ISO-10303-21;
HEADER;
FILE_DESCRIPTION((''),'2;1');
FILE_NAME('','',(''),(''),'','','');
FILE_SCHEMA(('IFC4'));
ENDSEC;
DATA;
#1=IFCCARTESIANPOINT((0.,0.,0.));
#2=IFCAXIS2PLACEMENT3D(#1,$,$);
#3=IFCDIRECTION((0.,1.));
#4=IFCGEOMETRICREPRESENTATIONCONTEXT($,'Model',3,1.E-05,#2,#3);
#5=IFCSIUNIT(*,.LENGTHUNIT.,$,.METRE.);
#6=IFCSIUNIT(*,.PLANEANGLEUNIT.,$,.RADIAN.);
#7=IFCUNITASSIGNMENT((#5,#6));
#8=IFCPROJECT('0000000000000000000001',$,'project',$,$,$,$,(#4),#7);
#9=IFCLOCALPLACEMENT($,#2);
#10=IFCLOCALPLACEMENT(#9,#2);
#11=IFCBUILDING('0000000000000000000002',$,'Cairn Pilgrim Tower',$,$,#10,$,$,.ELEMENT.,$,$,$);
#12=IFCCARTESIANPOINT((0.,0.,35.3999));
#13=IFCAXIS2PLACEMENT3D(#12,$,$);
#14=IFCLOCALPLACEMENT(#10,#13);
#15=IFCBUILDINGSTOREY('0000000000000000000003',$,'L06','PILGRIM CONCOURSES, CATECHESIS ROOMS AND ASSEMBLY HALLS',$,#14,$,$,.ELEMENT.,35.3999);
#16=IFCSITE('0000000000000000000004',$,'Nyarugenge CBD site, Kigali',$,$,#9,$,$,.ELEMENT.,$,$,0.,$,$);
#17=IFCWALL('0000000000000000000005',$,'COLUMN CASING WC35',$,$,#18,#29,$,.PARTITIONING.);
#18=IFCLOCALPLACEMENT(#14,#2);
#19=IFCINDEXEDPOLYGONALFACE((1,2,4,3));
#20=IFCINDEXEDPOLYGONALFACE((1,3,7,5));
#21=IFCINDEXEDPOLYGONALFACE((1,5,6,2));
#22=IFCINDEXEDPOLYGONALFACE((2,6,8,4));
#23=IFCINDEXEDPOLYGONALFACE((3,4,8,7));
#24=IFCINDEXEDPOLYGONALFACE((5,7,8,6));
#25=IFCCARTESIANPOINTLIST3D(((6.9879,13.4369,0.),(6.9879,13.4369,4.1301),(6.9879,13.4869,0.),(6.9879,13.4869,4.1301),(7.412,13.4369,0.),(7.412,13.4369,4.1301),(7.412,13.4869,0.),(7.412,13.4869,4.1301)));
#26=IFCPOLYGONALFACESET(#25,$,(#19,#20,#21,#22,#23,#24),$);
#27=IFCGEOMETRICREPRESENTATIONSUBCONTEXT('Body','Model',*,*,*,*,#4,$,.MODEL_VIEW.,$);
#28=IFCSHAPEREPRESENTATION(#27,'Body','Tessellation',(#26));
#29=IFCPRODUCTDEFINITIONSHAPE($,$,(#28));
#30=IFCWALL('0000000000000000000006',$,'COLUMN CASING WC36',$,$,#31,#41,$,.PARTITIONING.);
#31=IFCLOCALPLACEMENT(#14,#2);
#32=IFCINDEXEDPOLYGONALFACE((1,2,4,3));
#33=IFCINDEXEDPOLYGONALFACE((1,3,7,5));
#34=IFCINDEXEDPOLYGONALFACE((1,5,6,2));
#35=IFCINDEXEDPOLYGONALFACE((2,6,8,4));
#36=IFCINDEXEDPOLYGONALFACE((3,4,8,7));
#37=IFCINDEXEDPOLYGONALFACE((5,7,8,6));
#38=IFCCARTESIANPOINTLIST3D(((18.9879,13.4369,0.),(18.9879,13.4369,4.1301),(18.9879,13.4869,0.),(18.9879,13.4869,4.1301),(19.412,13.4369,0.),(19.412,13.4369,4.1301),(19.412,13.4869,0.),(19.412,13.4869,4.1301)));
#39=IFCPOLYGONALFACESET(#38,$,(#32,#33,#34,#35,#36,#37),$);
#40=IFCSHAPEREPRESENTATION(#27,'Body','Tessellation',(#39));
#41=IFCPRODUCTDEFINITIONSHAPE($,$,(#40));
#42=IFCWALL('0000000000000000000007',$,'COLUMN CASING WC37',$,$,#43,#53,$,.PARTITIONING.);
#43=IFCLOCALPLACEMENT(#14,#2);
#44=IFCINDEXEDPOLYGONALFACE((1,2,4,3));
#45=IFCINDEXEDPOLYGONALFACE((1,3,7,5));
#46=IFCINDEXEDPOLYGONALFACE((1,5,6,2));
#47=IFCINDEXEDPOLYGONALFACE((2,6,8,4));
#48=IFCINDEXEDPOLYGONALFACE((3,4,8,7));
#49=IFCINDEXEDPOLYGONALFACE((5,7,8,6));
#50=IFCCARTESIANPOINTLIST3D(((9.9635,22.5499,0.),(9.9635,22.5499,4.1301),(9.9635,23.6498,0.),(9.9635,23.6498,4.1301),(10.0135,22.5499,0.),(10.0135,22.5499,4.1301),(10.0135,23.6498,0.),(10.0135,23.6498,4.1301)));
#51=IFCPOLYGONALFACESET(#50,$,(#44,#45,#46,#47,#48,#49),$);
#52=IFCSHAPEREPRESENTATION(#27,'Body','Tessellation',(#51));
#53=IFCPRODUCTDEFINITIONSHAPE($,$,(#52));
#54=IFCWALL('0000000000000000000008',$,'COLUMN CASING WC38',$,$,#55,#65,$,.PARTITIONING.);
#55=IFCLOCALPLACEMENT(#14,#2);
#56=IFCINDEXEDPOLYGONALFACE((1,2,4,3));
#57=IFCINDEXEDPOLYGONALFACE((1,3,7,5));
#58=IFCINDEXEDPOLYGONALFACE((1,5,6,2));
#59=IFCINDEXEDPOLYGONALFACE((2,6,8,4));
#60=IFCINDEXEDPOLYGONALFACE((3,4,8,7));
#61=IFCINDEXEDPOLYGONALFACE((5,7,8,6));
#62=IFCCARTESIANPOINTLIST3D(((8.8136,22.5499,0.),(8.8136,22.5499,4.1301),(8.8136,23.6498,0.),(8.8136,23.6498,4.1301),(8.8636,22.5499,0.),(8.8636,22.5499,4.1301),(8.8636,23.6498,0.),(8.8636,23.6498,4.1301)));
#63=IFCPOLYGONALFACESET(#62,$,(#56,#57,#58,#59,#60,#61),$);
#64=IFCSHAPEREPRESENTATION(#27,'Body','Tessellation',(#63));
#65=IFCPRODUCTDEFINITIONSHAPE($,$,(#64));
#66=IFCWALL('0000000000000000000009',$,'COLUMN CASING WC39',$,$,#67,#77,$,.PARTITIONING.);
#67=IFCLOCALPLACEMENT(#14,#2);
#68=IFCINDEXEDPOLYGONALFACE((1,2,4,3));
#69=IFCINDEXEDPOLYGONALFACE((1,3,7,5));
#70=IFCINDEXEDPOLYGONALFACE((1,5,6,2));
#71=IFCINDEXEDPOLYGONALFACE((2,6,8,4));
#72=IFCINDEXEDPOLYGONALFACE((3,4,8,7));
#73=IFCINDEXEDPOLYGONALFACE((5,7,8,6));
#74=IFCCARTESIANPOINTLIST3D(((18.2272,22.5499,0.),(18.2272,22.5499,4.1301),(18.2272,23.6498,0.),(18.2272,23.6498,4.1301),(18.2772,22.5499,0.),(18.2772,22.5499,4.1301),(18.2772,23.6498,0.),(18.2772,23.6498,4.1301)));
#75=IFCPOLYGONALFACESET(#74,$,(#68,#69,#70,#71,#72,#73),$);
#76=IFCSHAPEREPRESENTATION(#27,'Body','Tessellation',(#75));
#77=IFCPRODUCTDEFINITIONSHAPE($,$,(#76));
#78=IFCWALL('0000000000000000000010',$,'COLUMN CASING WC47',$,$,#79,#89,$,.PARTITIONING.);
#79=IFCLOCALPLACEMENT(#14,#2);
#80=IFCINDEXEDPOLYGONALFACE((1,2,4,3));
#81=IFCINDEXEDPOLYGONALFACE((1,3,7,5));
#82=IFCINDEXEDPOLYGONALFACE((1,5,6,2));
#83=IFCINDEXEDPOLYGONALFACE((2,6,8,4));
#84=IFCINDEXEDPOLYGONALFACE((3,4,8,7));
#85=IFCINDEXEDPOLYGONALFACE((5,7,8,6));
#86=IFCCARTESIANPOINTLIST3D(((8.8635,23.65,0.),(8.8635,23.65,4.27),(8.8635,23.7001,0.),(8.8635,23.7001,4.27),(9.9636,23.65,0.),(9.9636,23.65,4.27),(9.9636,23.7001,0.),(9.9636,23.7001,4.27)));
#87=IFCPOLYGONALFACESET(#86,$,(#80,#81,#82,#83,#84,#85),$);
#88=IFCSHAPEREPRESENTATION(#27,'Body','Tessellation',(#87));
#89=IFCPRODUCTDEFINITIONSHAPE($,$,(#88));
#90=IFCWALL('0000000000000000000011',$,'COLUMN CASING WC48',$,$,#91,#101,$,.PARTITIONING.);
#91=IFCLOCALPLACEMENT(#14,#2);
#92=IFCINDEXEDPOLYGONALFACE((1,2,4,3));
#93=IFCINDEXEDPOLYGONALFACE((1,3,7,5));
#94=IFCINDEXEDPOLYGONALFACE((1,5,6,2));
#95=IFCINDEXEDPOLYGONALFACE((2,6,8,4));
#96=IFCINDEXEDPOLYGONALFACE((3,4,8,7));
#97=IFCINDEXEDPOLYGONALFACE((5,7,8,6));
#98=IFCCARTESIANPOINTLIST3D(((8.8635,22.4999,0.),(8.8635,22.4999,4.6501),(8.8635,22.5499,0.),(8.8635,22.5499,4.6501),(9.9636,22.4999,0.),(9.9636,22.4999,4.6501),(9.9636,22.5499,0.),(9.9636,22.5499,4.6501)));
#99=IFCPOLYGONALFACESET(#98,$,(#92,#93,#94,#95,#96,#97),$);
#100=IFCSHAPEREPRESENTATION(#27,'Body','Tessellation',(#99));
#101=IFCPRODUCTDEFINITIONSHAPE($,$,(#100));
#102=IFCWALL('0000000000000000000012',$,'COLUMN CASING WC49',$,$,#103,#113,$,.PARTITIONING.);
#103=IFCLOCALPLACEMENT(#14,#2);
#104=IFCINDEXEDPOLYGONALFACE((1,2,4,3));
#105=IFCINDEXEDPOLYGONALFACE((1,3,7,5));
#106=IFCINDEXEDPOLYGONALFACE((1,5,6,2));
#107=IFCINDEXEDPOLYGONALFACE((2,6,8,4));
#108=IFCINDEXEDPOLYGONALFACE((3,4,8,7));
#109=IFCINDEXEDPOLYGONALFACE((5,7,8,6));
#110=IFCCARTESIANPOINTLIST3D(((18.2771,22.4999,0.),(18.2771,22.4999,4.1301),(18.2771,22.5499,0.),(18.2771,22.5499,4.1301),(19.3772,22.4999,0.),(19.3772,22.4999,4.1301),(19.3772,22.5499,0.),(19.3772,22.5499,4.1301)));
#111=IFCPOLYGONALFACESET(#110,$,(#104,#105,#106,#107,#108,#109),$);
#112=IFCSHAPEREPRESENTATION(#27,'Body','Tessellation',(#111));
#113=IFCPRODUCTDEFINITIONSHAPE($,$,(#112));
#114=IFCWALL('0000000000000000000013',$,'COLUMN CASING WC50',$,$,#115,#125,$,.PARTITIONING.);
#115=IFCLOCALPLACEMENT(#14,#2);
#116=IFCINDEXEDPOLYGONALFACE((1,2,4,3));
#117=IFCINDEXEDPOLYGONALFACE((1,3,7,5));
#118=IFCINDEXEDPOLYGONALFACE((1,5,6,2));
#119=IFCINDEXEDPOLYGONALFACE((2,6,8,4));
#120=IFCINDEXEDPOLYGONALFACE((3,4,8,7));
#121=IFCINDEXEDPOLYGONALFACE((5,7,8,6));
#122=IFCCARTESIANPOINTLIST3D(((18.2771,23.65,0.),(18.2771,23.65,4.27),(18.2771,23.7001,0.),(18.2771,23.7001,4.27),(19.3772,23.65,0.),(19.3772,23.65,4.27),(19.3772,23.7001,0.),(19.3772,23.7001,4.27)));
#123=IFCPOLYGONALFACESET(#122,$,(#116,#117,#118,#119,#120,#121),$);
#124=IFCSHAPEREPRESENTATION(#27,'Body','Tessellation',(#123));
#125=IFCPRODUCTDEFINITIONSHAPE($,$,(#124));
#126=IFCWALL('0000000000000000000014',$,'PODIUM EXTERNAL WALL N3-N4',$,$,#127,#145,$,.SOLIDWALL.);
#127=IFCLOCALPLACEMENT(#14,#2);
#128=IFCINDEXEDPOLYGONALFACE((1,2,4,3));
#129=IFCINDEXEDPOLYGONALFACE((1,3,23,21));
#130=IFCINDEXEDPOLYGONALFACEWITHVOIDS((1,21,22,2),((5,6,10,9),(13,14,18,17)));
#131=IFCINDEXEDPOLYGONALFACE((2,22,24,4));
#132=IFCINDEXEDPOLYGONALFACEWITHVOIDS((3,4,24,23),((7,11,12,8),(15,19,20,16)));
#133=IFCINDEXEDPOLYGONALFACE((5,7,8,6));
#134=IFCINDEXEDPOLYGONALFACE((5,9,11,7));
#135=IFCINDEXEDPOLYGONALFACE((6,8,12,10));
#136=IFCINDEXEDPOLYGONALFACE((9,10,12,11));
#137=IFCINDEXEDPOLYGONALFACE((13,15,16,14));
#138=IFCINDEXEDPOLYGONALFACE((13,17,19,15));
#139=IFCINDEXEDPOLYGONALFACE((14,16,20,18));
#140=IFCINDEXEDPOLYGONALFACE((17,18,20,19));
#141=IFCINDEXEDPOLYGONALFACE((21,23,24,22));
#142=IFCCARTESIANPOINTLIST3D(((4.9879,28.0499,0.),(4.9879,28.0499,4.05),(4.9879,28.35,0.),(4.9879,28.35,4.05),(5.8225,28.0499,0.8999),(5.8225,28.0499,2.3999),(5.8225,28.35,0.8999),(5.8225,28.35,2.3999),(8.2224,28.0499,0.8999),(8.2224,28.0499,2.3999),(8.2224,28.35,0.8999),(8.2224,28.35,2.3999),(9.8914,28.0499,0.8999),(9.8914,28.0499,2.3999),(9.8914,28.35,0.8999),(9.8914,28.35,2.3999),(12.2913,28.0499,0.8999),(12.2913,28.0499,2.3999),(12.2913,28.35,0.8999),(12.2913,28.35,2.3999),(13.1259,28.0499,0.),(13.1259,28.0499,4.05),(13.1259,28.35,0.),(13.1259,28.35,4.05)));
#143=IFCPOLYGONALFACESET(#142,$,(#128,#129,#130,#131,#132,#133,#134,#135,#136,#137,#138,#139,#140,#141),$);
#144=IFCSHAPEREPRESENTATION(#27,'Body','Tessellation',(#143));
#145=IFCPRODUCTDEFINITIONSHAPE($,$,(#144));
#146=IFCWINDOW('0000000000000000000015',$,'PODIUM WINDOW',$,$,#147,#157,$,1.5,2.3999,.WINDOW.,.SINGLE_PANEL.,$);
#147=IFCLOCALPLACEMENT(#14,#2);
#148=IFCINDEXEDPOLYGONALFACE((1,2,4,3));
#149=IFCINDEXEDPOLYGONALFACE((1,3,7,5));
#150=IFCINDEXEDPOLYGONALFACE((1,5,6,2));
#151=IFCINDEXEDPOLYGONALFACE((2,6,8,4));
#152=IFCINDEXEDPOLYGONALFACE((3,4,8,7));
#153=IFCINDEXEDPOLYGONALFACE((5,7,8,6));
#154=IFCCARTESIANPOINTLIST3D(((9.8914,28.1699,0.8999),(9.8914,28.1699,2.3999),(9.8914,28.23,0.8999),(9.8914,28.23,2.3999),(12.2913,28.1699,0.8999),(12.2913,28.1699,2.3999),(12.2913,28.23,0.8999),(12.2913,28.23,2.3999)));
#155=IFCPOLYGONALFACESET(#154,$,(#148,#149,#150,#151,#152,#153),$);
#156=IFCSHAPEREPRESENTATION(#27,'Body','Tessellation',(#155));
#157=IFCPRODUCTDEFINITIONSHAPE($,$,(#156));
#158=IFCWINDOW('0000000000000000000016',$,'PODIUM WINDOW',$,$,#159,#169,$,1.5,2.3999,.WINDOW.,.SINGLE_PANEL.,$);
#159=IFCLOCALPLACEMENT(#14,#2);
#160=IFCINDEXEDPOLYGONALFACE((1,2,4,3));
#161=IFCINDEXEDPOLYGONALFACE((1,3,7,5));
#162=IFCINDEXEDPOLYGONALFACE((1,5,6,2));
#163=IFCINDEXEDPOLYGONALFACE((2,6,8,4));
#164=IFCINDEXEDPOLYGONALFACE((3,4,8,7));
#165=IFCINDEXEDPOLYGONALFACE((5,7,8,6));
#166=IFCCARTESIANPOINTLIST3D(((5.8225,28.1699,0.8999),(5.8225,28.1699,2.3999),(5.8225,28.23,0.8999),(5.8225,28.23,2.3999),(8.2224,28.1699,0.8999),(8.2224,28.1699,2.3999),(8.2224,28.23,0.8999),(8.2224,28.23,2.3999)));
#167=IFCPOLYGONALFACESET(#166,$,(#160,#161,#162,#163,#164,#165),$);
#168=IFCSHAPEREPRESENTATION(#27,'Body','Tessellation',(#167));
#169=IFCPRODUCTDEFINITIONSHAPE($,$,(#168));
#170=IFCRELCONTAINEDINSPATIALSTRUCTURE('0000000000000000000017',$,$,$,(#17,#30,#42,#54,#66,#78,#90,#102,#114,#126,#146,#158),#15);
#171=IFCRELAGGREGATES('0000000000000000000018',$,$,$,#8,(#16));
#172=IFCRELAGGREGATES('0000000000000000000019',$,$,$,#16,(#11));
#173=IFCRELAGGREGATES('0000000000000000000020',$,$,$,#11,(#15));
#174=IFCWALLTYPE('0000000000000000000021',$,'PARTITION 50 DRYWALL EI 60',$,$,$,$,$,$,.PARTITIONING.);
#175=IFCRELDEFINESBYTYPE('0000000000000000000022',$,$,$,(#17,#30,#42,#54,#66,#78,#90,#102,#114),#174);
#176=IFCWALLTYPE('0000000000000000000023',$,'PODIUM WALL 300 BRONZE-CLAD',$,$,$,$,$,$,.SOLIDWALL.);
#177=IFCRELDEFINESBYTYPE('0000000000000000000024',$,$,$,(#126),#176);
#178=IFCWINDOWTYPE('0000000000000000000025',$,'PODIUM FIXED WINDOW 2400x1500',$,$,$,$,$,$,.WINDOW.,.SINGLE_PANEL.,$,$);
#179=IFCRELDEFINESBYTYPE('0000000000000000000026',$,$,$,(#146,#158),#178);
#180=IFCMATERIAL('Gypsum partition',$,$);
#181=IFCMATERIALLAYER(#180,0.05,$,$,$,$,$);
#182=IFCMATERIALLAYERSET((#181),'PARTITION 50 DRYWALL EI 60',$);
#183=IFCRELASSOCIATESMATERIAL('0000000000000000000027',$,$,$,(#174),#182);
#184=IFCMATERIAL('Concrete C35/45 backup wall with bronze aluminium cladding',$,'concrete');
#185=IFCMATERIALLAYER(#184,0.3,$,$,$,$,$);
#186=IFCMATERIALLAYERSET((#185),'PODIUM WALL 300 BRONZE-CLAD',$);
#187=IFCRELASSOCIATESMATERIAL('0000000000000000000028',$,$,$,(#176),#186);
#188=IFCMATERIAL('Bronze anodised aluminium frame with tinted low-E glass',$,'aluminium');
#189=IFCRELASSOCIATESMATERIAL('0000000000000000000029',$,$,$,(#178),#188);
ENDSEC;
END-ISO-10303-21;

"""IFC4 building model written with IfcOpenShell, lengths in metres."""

from ifc_helpers import new_model, si_unit, direction, frame, frame_2d, origin, place, context, subcontext, project, spatial, rectangle, extrude, material, layer, layer_set, type_object, element, fill, save


model = new_model("IFC4")

# Units and contexts
model_context = context("Model", 3, precision=1e-05, world=origin(), true_north=direction((0.0, 1.0)))
body_context = subcontext(model_context, "Body", "Model", "MODEL_VIEW")
ifc_project = project(units=[si_unit("LENGTHUNIT", "METRE"), si_unit("PLANEANGLEUNIT", "RADIAN")], contexts=[model_context])

# Site, building, storey
site_placement = place(None, origin())
site = spatial("IfcSite", under=ifc_project, at=site_placement, Name="Nyarugenge CBD site, Kigali", CompositionType="ELEMENT", RefElevation=0.0)
building_placement = place(site_placement, origin())
building = spatial("IfcBuilding", under=site, at=building_placement, Name="Cairn Pilgrim Tower", CompositionType="ELEMENT")
storey_placement = place(building_placement, frame((0.0, 0.0, 35.3999)))
storey = spatial("IfcBuildingStorey", under=building, at=storey_placement, Name="L06", Description="PILGRIM CONCOURSES, CATECHESIS ROOMS AND ASSEMBLY HALLS", CompositionType="ELEMENT", Elevation=35.3999)

# Walls
ifc_material_1 = material(Name="Gypsum partition")
ifc_layer_1 = layer(ifc_material_1, 0.05)
ifc_layer_set_1 = layer_set([ifc_layer_1], Name="PARTITION 50 DRYWALL EI 60")
wall_type_1 = type_object("IfcWallType", Name="PARTITION 50 DRYWALL EI 60", PredefinedType="PARTITIONING", material=ifc_layer_set_1)
for number, where, z_axis, x_axis, name in (
    (1, (6.988, 13.4619, 0.0), (0.0, 0.0, 1.0), (1.0, 0.0, 0.0), "COLUMN CASING WC35"),
    (2, (18.988, 13.4619, 0.0), (0.0, 0.0, 1.0), (1.0, 0.0, 0.0), "COLUMN CASING WC36"),
):
    element("IfcWall", number, at=place(storey_placement, frame(where, z_axis=z_axis, x_axis=x_axis)), inside=storey, type_object=wall_type_1, Name=name, PredefinedType="PARTITIONING", context=body_context, shape_type="SweptSolid", body=[
        extrude(rectangle(XDim=0.4241, YDim=0.05, at=frame_2d((0.2119, 0.0))), origin(), (0.0, 0.0, 1.0), 4.1301),
    ])
for number, where, z_axis, x_axis, name in (
    (3, (9.9885, 22.55, 0.0), (0.0, 0.0, 1.0), (0.0, 1.0, 0.0), "COLUMN CASING WC37"),
    (4, (8.8386, 22.55, 0.0), (0.0, 0.0, 1.0), (0.0, 1.0, 0.0), "COLUMN CASING WC38"),
    (5, (18.2522, 22.55, 0.0), (0.0, 0.0, 1.0), (0.0, 1.0, 0.0), "COLUMN CASING WC39"),
):
    element("IfcWall", number, at=place(storey_placement, frame(where, z_axis=z_axis, x_axis=x_axis)), inside=storey, type_object=wall_type_1, Name=name, PredefinedType="PARTITIONING", context=body_context, shape_type="SweptSolid", body=[
        extrude(rectangle(XDim=1.0999, YDim=0.05, at=frame_2d((0.5498, 0.0))), origin(), (0.0, 0.0, 1.0), 4.1301),
    ])
wall_1_placement = place(storey_placement, frame((8.8635, 23.675, 0.0), z_axis=(0.0, 0.0, 1.0), x_axis=(1.0, 0.0, 0.0)))
element("IfcWall", 6, at=wall_1_placement, inside=storey, type_object=wall_type_1, Name="COLUMN CASING WC47", PredefinedType="PARTITIONING", context=body_context, shape_type="SweptSolid", body=[
    extrude(rectangle(XDim=1.1001, YDim=0.05, at=frame_2d((0.55, 0.0))), origin(), (0.0, 0.0, 1.0), 4.27),
])
wall_2_placement = place(storey_placement, frame((8.8635, 22.5249, 0.0), z_axis=(0.0, 0.0, 1.0), x_axis=(1.0, 0.0, 0.0)))
element("IfcWall", 7, at=wall_2_placement, inside=storey, type_object=wall_type_1, Name="COLUMN CASING WC48", PredefinedType="PARTITIONING", context=body_context, shape_type="SweptSolid", body=[
    extrude(rectangle(XDim=1.1001, YDim=0.05, at=frame_2d((0.55, 0.0))), origin(), (0.0, 0.0, 1.0), 4.6501),
])
wall_3_placement = place(storey_placement, frame((18.2771, 22.5249, 0.0), z_axis=(0.0, 0.0, 1.0), x_axis=(1.0, 0.0, 0.0)))
element("IfcWall", 8, at=wall_3_placement, inside=storey, type_object=wall_type_1, Name="COLUMN CASING WC49", PredefinedType="PARTITIONING", context=body_context, shape_type="SweptSolid", body=[
    extrude(rectangle(XDim=1.1001, YDim=0.05, at=frame_2d((0.55, 0.0))), origin(), (0.0, 0.0, 1.0), 4.1301),
])
wall_4_placement = place(storey_placement, frame((18.2771, 23.675, 0.0), z_axis=(0.0, 0.0, 1.0), x_axis=(1.0, 0.0, 0.0)))
element("IfcWall", 9, at=wall_4_placement, inside=storey, type_object=wall_type_1, Name="COLUMN CASING WC50", PredefinedType="PARTITIONING", context=body_context, shape_type="SweptSolid", body=[
    extrude(rectangle(XDim=1.1001, YDim=0.05, at=frame_2d((0.55, 0.0))), origin(), (0.0, 0.0, 1.0), 4.27),
])

# Wall, openings, windows
ifc_material_2 = material(Name="Concrete C35/45 backup wall with bronze aluminium cladding", Category="concrete")
ifc_layer_2 = layer(ifc_material_2, 0.3)
ifc_layer_set_2 = layer_set([ifc_layer_2], Name="PODIUM WALL 300 BRONZE-CLAD")
wall_type_2 = type_object("IfcWallType", Name="PODIUM WALL 300 BRONZE-CLAD", PredefinedType="SOLIDWALL", material=ifc_layer_set_2)
wall_5_placement = place(storey_placement, frame((13.1257, 28.2, 0.0), z_axis=(0.0, 0.0, 1.0), x_axis=(-1.0, 0.0, 0.0)))
wall_5 = element("IfcWall", 10, at=wall_5_placement, inside=storey, type_object=wall_type_2, Name="PODIUM EXTERNAL WALL N3-N4", PredefinedType="SOLIDWALL", context=body_context, shape_type="SweptSolid", body=[
    extrude(rectangle(XDim=8.1379, YDim=0.3, at=frame_2d((4.0688, 0.0))), origin(), (0.0, 0.0, 1.0), 4.05),
])
opening_1_placement = place(wall_5_placement, frame((0.8345, 0.0, 0.8999)))
opening_1 = element("IfcOpeningElement", 11, at=opening_1_placement, cuts=wall_5, PredefinedType="OPENING", context=body_context, shape_type="SweptSolid", body=[
    extrude(rectangle(XDim=2.3999, YDim=1.5, at=frame_2d((1.2, 0.75))), frame((0.0, 0.1602, 0.0), z_axis=(0.0, -1.0, 0.0), x_axis=(1.0, 0.0, 0.0)), (0.0, 0.0, 1.0), 0.3201),
])
opening_2_placement = place(wall_5_placement, frame((4.9033, 0.0, 0.8999)))
opening_2 = element("IfcOpeningElement", 12, at=opening_2_placement, cuts=wall_5, PredefinedType="OPENING", context=body_context, shape_type="SweptSolid", body=[
    extrude(rectangle(XDim=2.3999, YDim=1.5, at=frame_2d((1.2, 0.75))), frame((0.0, 0.1602, 0.0), z_axis=(0.0, -1.0, 0.0), x_axis=(1.0, 0.0, 0.0)), (0.0, 0.0, 1.0), 0.3201),
])
ifc_material_3 = material(Name="Bronze anodised aluminium frame with tinted low-E glass", Category="aluminium")
window_type = type_object("IfcWindowType", Name="PODIUM FIXED WINDOW 2400x1500", PartitioningType="SINGLE_PANEL", PredefinedType="WINDOW", material=ifc_material_3)
window_1_placement = place(opening_1_placement, origin())
window_1 = element("IfcWindow", 13, at=window_1_placement, inside=storey, type_object=window_type, Name="PODIUM WINDOW", OverallHeight=1.5, OverallWidth=2.3999, PartitioningType="SINGLE_PANEL", PredefinedType="WINDOW", context=body_context, shape_type="SweptSolid", body=[
    extrude(rectangle(XDim=2.3999, YDim=1.5, at=frame_2d((1.2, 0.75))), frame((0.0, 0.03, 0.0), z_axis=(0.0, -1.0, 0.0), x_axis=(1.0, 0.0, 0.0)), (0.0, 0.0, 1.0), 0.0601),
])
fill(opening_1, window_1)
window_2_placement = place(opening_2_placement, origin())
window_2 = element("IfcWindow", 14, at=window_2_placement, inside=storey, type_object=window_type, Name="PODIUM WINDOW", OverallHeight=1.5, OverallWidth=2.3999, PartitioningType="SINGLE_PANEL", PredefinedType="WINDOW", context=body_context, shape_type="SweptSolid", body=[
    extrude(rectangle(XDim=2.3999, YDim=1.5, at=frame_2d((1.2, 0.75))), frame((0.0, 0.03, 0.0), z_axis=(0.0, -1.0, 0.0), x_axis=(1.0, 0.0, 0.0)), (0.0, 0.0, 1.0), 0.0601),
])
fill(opening_2, window_2)

save(model, "model.ifc")
